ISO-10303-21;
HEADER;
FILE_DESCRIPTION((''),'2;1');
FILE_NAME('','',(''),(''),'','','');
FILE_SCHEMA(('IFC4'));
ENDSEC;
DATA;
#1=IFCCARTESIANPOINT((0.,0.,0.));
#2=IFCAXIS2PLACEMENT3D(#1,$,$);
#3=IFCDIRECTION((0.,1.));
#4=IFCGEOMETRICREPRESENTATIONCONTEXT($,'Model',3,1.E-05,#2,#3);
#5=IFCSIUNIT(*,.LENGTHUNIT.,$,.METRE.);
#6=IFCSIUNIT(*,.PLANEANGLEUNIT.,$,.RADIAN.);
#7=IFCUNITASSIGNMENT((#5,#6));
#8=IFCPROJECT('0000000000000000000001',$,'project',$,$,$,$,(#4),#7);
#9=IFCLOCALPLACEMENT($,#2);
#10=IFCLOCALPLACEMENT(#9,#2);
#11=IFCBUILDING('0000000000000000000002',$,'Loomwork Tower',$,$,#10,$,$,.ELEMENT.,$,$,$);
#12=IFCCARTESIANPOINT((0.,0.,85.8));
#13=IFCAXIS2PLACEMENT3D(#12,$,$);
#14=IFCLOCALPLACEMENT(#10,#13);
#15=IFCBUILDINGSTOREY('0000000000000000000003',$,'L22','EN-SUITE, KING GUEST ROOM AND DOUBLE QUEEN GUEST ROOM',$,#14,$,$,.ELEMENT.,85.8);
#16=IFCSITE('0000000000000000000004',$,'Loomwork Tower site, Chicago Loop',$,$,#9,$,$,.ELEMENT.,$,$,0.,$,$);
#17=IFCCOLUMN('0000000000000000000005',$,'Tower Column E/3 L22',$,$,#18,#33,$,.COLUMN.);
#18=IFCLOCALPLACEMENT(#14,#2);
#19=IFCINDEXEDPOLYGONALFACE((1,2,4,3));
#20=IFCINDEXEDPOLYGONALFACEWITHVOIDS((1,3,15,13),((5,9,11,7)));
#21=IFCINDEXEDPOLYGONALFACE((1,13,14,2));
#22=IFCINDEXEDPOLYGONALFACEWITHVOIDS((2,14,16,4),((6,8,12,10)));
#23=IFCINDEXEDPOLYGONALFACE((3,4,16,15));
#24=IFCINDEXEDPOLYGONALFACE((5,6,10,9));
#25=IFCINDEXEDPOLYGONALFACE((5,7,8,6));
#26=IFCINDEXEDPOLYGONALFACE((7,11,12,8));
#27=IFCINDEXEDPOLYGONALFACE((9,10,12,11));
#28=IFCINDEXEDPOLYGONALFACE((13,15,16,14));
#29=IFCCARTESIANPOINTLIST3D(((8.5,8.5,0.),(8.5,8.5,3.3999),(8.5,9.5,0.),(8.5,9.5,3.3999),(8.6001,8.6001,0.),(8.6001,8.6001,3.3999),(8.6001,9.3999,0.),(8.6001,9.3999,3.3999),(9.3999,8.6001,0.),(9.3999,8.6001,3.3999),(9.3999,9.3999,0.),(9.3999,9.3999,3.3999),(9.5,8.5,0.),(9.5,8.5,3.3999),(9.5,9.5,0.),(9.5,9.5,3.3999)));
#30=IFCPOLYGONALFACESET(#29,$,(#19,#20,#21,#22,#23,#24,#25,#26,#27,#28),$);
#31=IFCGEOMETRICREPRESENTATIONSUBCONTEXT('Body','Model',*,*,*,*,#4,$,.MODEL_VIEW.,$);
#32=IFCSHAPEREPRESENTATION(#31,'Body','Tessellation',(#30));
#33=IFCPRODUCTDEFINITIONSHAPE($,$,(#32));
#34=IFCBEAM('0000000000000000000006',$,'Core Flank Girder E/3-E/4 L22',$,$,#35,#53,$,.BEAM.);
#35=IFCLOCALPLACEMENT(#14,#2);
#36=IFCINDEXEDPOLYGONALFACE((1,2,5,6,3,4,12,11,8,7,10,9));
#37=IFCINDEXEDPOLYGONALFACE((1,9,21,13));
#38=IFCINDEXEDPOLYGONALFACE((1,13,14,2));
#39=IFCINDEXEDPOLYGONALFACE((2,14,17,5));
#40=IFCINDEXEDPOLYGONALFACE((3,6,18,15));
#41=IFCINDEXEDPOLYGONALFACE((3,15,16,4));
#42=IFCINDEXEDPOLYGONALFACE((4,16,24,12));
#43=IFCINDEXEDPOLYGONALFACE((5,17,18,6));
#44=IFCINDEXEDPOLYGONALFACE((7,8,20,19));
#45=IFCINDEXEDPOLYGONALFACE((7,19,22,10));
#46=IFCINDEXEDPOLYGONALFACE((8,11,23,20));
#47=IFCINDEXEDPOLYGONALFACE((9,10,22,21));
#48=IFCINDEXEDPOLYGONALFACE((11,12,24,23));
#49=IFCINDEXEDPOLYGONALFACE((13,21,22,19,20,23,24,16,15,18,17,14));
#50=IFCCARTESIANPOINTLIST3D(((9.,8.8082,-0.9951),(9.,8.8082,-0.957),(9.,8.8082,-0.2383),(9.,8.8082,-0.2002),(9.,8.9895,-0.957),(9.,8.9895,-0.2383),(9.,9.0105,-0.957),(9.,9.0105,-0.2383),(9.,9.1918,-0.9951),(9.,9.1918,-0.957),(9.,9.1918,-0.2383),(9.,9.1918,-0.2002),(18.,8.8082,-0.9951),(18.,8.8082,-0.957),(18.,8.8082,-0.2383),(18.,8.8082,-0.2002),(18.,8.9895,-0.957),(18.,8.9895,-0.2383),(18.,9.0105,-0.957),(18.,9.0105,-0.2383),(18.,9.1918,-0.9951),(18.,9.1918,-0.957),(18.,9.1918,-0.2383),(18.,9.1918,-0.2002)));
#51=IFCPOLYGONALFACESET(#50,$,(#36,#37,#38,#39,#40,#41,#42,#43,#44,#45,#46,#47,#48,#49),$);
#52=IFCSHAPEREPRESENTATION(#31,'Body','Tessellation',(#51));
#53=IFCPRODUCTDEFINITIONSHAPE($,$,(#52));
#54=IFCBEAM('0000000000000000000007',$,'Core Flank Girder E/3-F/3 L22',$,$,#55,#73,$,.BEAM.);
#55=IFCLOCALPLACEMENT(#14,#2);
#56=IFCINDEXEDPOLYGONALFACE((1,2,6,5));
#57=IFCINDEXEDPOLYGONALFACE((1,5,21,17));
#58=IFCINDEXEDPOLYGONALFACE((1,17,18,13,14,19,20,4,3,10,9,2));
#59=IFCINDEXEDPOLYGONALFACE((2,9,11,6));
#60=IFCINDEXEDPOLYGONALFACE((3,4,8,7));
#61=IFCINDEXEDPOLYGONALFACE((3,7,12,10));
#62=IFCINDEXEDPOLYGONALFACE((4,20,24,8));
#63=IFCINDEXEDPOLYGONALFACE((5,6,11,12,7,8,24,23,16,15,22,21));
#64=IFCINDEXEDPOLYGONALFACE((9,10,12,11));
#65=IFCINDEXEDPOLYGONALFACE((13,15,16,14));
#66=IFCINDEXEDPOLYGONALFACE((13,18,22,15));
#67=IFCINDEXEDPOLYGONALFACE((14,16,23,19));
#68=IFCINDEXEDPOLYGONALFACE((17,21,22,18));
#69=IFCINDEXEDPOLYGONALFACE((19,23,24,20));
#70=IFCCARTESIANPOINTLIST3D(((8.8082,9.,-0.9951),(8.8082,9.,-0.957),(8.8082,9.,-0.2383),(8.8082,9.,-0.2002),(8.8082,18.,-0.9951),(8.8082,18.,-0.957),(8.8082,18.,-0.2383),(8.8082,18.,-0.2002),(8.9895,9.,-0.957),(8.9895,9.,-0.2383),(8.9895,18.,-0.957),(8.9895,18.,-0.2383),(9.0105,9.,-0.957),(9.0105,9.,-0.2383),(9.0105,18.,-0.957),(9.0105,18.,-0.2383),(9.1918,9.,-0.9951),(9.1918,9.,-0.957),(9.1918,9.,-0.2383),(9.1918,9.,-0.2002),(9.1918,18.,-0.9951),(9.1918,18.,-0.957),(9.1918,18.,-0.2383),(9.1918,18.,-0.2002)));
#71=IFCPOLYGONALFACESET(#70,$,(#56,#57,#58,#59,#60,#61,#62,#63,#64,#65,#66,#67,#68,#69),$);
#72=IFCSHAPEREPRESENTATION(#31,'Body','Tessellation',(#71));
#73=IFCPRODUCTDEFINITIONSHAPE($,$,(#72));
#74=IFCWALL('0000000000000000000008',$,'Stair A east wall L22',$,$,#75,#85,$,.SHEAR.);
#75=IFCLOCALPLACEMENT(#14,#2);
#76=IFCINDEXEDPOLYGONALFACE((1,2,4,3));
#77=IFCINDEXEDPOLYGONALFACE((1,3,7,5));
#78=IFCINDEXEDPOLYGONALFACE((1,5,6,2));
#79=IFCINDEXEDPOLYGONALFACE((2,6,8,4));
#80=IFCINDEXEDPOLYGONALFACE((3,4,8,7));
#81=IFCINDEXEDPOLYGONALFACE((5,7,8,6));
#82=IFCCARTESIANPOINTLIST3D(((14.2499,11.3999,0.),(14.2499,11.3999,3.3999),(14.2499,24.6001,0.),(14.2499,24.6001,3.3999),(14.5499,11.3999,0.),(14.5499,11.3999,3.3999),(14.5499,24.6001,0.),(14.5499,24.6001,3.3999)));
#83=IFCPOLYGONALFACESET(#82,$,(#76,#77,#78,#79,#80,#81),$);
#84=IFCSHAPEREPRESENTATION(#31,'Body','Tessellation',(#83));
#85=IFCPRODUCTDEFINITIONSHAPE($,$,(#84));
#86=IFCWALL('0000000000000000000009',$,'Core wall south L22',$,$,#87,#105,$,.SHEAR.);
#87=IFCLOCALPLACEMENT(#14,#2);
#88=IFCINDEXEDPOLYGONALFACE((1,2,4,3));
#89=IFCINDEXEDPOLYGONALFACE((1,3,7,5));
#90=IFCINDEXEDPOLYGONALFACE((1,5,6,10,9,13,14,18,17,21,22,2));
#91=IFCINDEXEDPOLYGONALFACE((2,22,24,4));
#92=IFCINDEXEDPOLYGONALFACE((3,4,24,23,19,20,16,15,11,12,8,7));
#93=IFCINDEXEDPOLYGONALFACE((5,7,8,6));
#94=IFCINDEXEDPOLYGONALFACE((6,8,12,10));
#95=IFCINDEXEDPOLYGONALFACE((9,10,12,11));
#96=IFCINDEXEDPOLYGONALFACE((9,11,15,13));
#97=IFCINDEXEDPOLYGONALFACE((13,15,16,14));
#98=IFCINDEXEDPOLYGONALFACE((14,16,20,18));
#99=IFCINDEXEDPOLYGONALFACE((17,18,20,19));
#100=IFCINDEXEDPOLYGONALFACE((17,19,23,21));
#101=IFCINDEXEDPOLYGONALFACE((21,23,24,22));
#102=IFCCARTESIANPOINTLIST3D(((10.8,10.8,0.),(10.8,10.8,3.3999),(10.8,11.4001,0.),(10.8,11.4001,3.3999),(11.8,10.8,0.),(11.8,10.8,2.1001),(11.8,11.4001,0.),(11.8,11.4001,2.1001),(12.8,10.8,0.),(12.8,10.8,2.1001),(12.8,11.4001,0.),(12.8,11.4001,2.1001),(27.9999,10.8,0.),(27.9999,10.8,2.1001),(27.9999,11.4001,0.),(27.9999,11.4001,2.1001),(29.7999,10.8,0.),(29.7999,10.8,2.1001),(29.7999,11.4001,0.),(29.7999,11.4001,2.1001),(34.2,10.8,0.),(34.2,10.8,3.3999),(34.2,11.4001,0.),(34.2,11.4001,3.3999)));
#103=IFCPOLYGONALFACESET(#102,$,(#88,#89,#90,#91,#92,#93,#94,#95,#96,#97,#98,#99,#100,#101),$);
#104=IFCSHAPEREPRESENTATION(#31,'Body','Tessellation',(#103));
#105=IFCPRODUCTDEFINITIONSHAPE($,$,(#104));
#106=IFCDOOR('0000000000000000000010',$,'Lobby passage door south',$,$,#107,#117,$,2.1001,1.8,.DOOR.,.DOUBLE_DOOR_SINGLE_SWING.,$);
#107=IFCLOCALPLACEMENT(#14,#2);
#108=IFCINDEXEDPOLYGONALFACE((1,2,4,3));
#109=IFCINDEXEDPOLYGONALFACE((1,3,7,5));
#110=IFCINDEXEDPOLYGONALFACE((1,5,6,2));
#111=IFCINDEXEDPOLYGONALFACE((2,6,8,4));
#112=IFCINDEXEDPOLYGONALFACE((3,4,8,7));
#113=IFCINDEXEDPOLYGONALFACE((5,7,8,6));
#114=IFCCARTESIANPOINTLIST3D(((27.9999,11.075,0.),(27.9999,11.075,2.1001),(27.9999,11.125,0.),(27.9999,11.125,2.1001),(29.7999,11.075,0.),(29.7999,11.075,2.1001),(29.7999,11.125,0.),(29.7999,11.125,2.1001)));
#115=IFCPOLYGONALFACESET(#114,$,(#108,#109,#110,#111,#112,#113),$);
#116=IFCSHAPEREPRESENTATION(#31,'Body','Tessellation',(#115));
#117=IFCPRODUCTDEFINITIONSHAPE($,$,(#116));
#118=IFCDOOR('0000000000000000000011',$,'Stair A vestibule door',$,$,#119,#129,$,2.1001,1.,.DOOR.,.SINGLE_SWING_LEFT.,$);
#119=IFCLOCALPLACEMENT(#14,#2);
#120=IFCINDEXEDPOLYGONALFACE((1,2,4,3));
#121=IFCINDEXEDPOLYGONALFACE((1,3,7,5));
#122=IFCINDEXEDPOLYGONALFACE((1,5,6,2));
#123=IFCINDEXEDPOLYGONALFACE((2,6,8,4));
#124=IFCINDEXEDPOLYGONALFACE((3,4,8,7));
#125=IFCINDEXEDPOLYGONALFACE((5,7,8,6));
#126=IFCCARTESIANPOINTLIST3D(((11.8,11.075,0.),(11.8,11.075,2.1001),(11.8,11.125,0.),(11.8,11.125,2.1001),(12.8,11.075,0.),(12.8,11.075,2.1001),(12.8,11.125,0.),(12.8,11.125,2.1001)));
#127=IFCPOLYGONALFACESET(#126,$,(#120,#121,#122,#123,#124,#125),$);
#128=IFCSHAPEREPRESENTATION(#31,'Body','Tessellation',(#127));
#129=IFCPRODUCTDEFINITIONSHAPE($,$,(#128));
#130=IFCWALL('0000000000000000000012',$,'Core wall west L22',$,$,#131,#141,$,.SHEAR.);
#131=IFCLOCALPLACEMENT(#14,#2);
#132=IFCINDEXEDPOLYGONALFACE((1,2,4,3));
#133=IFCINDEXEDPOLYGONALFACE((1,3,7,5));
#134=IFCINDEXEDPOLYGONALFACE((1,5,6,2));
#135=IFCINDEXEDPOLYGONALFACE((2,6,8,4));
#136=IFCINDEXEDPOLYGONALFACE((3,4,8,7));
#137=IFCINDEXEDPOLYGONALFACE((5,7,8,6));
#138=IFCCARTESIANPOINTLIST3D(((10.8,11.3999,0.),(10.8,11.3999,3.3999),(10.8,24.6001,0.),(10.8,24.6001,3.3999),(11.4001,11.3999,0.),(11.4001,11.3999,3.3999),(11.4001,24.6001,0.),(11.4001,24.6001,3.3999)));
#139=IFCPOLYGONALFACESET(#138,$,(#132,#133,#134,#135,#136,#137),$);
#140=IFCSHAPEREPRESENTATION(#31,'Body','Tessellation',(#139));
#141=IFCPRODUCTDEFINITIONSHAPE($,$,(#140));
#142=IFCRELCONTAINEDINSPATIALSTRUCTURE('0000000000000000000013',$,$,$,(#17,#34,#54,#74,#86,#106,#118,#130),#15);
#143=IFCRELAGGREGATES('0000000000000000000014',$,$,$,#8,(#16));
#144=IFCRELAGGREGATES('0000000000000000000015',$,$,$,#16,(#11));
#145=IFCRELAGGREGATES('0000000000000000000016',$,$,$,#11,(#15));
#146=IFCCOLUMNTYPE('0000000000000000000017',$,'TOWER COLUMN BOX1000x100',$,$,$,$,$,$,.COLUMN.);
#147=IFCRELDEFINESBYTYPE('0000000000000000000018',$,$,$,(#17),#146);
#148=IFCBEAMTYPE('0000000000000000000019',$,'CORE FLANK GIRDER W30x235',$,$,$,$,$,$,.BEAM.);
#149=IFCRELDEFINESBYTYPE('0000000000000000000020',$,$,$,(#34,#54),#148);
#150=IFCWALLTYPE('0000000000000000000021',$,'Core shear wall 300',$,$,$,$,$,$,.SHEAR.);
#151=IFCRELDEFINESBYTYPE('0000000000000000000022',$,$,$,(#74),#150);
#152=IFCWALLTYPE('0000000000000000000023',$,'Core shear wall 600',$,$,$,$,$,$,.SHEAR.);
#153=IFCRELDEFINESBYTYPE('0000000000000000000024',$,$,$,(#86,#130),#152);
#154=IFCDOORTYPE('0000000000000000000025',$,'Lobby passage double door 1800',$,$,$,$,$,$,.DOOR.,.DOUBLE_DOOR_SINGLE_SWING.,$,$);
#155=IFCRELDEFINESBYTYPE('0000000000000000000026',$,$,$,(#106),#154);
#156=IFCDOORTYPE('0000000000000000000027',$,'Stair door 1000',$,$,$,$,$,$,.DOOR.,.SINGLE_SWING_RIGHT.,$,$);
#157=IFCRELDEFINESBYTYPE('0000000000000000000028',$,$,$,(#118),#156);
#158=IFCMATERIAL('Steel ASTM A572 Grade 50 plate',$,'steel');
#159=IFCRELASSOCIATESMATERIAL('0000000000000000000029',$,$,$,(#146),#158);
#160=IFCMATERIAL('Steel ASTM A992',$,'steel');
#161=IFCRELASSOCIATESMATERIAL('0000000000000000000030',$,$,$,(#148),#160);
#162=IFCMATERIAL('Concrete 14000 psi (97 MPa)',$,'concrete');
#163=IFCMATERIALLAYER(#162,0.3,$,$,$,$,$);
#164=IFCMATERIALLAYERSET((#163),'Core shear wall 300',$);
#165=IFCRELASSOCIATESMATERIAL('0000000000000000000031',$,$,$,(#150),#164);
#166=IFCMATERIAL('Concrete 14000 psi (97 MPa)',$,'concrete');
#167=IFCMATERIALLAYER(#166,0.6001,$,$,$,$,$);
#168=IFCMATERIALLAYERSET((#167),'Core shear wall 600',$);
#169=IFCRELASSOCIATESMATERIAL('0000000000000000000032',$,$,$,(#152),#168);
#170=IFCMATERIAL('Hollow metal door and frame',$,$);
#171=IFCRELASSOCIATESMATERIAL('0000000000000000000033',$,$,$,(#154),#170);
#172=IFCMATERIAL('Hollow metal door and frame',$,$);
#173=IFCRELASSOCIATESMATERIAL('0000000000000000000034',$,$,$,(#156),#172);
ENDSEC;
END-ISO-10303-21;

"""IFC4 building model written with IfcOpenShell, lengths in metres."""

from ifc_helpers import new_model, si_unit, direction, frame, frame_2d, origin, origin_2d, place, context, subcontext, project, spatial, rectangle, hollow_rectangle, i_section, extrude, material, layer, layer_set, material_profile, profile_set, type_object, element, fill, save


model = new_model("IFC4")

# Units and contexts
model_context = context("Model", 3, precision=1e-05, world=origin(), true_north=direction((0.0, 1.0)))
body_context = subcontext(model_context, "Body", "Model", "MODEL_VIEW")
ifc_project = project(units=[si_unit("LENGTHUNIT", "METRE"), si_unit("PLANEANGLEUNIT", "RADIAN")], contexts=[model_context])

# Site, building, storey
site_placement = place(None, origin())
site = spatial("IfcSite", under=ifc_project, at=site_placement, Name="Loomwork Tower site, Chicago Loop", CompositionType="ELEMENT", RefElevation=0.0)
building_placement = place(site_placement, origin())
building = spatial("IfcBuilding", under=site, at=building_placement, Name="Loomwork Tower", CompositionType="ELEMENT")
storey_placement = place(building_placement, frame((0.0, 0.0, 85.8)))
storey = spatial("IfcBuildingStorey", under=building, at=storey_placement, Name="L22", Description="EN-SUITE, KING GUEST ROOM AND DOUBLE QUEEN GUEST ROOM", CompositionType="ELEMENT", Elevation=85.8)

# Column
ifc_material_1 = material(Name="Steel ASTM A572 Grade 50 plate", Category="steel")
ifc_material_profile_1 = material_profile(ifc_material_1, hollow_rectangle(XDim=1.0, YDim=1.0, WallThickness=0.1001, at=origin_2d()), Name="BOX1000x100")
ifc_profile_set_1 = profile_set([ifc_material_profile_1], Name="Steel ASTM A572 Grade 50 plate")
column_type = type_object("IfcColumnType", Name="TOWER COLUMN BOX1000x100", PredefinedType="COLUMN", material=ifc_profile_set_1)
column_placement = place(storey_placement, frame((9.0, 9.0, 0.0), z_axis=(0.0, 0.0, 1.0), x_axis=(1.0, 0.0, 0.0)))
element("IfcColumn", 1, at=column_placement, inside=storey, type_object=column_type, Name="Tower Column E/3 L22", PredefinedType="COLUMN", context=body_context, shape_type="SweptSolid", body=[
    extrude(hollow_rectangle(XDim=1.0, YDim=1.0, WallThickness=0.1001, at=origin_2d()), origin(), (0.0, 0.0, 1.0), 3.3999),
])

# Beams
ifc_material_2 = material(Name="Steel ASTM A992", Category="steel")
ifc_material_profile_2 = material_profile(ifc_material_2, i_section(OverallWidth=0.3835, OverallDepth=0.7949, WebThickness=0.021, FlangeThickness=0.0381, at=origin_2d()), Name="W30x235")
ifc_profile_set_2 = profile_set([ifc_material_profile_2], Name="Steel ASTM A992")
beam_type = type_object("IfcBeamType", Name="CORE FLANK GIRDER W30x235", PredefinedType="BEAM", material=ifc_profile_set_2)
for number, where, z_axis, x_axis, name in (
    (2, (9.0, 9.0, -0.5977), (1.0, 0.0, 0.0), (0.0, 1.0, 0.0), "Core Flank Girder E/3-E/4 L22"),
    (3, (9.0, 9.0, -0.5977), (0.0, 1.0, 0.0), (-1.0, 0.0, 0.0), "Core Flank Girder E/3-F/3 L22"),
):
    element("IfcBeam", number, at=place(storey_placement, frame(where, z_axis=z_axis, x_axis=x_axis)), inside=storey, type_object=beam_type, Name=name, PredefinedType="BEAM", context=body_context, shape_type="SweptSolid", body=[
        extrude(i_section(OverallWidth=0.3835, OverallDepth=0.7949, WebThickness=0.021, FlangeThickness=0.0381, at=origin_2d()), origin(), (0.0, 0.0, 1.0), 9.0),
    ])

# Wall
ifc_material_3 = material(Name="Concrete 14000 psi (97 MPa)", Category="concrete")
ifc_layer_1 = layer(ifc_material_3, 0.3)
ifc_layer_set_1 = layer_set([ifc_layer_1], Name="Core shear wall 300")
wall_type_1 = type_object("IfcWallType", Name="Core shear wall 300", PredefinedType="SHEAR", material=ifc_layer_set_1)
wall_1_placement = place(storey_placement, frame((14.3999, 11.3999, 0.0), z_axis=(0.0, 0.0, 1.0), x_axis=(0.0, 1.0, 0.0)))
element("IfcWall", 4, at=wall_1_placement, inside=storey, type_object=wall_type_1, Name="Stair A east wall L22", PredefinedType="SHEAR", context=body_context, shape_type="SweptSolid", body=[
    extrude(rectangle(XDim=13.2002, YDim=0.3, at=frame_2d((6.6001, 0.0))), origin(), (0.0, 0.0, 1.0), 3.3999),
])

# Wall, openings, doors
ifc_material_4 = material(Name="Concrete 14000 psi (97 MPa)", Category="concrete")
ifc_layer_2 = layer(ifc_material_4, 0.6001)
ifc_layer_set_2 = layer_set([ifc_layer_2], Name="Core shear wall 600")
wall_type_2 = type_object("IfcWallType", Name="Core shear wall 600", PredefinedType="SHEAR", material=ifc_layer_set_2)
wall_2_placement = place(storey_placement, frame((10.8, 11.1001, 0.0), z_axis=(0.0, 0.0, 1.0), x_axis=(1.0, 0.0, 0.0)))
wall_2 = element("IfcWall", 5, at=wall_2_placement, inside=storey, type_object=wall_type_2, Name="Core wall south L22", PredefinedType="SHEAR", context=body_context, shape_type="SweptSolid", body=[
    extrude(rectangle(XDim=23.3999, YDim=0.6001, at=frame_2d((11.7, 0.0))), origin(), (0.0, 0.0, 1.0), 3.3999),
])
opening_1_placement = place(wall_2_placement, frame((1.0, 0.0, 0.0)))
opening_1 = element("IfcOpeningElement", 6, at=opening_1_placement, cuts=wall_2, PredefinedType="OPENING", context=body_context, shape_type="SweptSolid", body=[
    extrude(rectangle(XDim=1.0, YDim=2.1001, at=frame_2d((0.5, 1.05))), frame((0.0, 0.3101, 0.0), z_axis=(0.0, -1.0, 0.0), x_axis=(1.0, 0.0, 0.0)), (0.0, 0.0, 1.0), 0.6201),
])
opening_2_placement = place(wall_2_placement, frame((17.2, 0.0, 0.0)))
opening_2 = element("IfcOpeningElement", 7, at=opening_2_placement, cuts=wall_2, PredefinedType="OPENING", context=body_context, shape_type="SweptSolid", body=[
    extrude(rectangle(XDim=1.8, YDim=2.1001, at=frame_2d((0.8999, 1.05))), frame((0.0, 0.3101, 0.0), z_axis=(0.0, -1.0, 0.0), x_axis=(1.0, 0.0, 0.0)), (0.0, 0.0, 1.0), 0.6201),
])
ifc_material_5 = material(Name="Hollow metal door and frame")
door_type_1 = type_object("IfcDoorType", Name="Lobby passage double door 1800", OperationType="DOUBLE_DOOR_SINGLE_SWING", PredefinedType="DOOR", material=ifc_material_5)
door_1_placement = place(opening_2_placement, origin())
door_1 = element("IfcDoor", 8, at=door_1_placement, inside=storey, type_object=door_type_1, Name="Lobby passage door south", OperationType="DOUBLE_DOOR_SINGLE_SWING", OverallHeight=2.1001, OverallWidth=1.8, PredefinedType="DOOR", context=body_context, shape_type="SweptSolid", body=[
    extrude(rectangle(XDim=1.8, YDim=2.1001, at=frame_2d((0.8999, 1.05))), frame((0.0, 0.0249, 0.0), z_axis=(0.0, -1.0, 0.0), x_axis=(1.0, 0.0, 0.0)), (0.0, 0.0, 1.0), 0.05),
])
fill(opening_2, door_1)
ifc_material_6 = material(Name="Hollow metal door and frame")
door_type_2 = type_object("IfcDoorType", Name="Stair door 1000", OperationType="SINGLE_SWING_RIGHT", PredefinedType="DOOR", material=ifc_material_6)
door_2_placement = place(opening_1_placement, origin())
door_2 = element("IfcDoor", 9, at=door_2_placement, inside=storey, type_object=door_type_2, Name="Stair A vestibule door", OperationType="SINGLE_SWING_LEFT", OverallHeight=2.1001, OverallWidth=1.0, PredefinedType="DOOR", context=body_context, shape_type="SweptSolid", body=[
    extrude(rectangle(XDim=1.0, YDim=2.1001, at=frame_2d((0.5, 1.05))), frame((0.0, 0.0249, 0.0), z_axis=(0.0, -1.0, 0.0), x_axis=(1.0, 0.0, 0.0)), (0.0, 0.0, 1.0), 0.05),
])
fill(opening_1, door_2)

# Wall
wall_3_placement = place(storey_placement, frame((11.1001, 11.3999, 0.0), z_axis=(0.0, 0.0, 1.0), x_axis=(0.0, 1.0, 0.0)))
element("IfcWall", 10, at=wall_3_placement, inside=storey, type_object=wall_type_2, Name="Core wall west L22", PredefinedType="SHEAR", context=body_context, shape_type="SweptSolid", body=[
    extrude(rectangle(XDim=13.2002, YDim=0.6001, at=frame_2d((6.6001, 0.0))), origin(), (0.0, 0.0, 1.0), 3.3999),
])

save(model, "model.ifc")
